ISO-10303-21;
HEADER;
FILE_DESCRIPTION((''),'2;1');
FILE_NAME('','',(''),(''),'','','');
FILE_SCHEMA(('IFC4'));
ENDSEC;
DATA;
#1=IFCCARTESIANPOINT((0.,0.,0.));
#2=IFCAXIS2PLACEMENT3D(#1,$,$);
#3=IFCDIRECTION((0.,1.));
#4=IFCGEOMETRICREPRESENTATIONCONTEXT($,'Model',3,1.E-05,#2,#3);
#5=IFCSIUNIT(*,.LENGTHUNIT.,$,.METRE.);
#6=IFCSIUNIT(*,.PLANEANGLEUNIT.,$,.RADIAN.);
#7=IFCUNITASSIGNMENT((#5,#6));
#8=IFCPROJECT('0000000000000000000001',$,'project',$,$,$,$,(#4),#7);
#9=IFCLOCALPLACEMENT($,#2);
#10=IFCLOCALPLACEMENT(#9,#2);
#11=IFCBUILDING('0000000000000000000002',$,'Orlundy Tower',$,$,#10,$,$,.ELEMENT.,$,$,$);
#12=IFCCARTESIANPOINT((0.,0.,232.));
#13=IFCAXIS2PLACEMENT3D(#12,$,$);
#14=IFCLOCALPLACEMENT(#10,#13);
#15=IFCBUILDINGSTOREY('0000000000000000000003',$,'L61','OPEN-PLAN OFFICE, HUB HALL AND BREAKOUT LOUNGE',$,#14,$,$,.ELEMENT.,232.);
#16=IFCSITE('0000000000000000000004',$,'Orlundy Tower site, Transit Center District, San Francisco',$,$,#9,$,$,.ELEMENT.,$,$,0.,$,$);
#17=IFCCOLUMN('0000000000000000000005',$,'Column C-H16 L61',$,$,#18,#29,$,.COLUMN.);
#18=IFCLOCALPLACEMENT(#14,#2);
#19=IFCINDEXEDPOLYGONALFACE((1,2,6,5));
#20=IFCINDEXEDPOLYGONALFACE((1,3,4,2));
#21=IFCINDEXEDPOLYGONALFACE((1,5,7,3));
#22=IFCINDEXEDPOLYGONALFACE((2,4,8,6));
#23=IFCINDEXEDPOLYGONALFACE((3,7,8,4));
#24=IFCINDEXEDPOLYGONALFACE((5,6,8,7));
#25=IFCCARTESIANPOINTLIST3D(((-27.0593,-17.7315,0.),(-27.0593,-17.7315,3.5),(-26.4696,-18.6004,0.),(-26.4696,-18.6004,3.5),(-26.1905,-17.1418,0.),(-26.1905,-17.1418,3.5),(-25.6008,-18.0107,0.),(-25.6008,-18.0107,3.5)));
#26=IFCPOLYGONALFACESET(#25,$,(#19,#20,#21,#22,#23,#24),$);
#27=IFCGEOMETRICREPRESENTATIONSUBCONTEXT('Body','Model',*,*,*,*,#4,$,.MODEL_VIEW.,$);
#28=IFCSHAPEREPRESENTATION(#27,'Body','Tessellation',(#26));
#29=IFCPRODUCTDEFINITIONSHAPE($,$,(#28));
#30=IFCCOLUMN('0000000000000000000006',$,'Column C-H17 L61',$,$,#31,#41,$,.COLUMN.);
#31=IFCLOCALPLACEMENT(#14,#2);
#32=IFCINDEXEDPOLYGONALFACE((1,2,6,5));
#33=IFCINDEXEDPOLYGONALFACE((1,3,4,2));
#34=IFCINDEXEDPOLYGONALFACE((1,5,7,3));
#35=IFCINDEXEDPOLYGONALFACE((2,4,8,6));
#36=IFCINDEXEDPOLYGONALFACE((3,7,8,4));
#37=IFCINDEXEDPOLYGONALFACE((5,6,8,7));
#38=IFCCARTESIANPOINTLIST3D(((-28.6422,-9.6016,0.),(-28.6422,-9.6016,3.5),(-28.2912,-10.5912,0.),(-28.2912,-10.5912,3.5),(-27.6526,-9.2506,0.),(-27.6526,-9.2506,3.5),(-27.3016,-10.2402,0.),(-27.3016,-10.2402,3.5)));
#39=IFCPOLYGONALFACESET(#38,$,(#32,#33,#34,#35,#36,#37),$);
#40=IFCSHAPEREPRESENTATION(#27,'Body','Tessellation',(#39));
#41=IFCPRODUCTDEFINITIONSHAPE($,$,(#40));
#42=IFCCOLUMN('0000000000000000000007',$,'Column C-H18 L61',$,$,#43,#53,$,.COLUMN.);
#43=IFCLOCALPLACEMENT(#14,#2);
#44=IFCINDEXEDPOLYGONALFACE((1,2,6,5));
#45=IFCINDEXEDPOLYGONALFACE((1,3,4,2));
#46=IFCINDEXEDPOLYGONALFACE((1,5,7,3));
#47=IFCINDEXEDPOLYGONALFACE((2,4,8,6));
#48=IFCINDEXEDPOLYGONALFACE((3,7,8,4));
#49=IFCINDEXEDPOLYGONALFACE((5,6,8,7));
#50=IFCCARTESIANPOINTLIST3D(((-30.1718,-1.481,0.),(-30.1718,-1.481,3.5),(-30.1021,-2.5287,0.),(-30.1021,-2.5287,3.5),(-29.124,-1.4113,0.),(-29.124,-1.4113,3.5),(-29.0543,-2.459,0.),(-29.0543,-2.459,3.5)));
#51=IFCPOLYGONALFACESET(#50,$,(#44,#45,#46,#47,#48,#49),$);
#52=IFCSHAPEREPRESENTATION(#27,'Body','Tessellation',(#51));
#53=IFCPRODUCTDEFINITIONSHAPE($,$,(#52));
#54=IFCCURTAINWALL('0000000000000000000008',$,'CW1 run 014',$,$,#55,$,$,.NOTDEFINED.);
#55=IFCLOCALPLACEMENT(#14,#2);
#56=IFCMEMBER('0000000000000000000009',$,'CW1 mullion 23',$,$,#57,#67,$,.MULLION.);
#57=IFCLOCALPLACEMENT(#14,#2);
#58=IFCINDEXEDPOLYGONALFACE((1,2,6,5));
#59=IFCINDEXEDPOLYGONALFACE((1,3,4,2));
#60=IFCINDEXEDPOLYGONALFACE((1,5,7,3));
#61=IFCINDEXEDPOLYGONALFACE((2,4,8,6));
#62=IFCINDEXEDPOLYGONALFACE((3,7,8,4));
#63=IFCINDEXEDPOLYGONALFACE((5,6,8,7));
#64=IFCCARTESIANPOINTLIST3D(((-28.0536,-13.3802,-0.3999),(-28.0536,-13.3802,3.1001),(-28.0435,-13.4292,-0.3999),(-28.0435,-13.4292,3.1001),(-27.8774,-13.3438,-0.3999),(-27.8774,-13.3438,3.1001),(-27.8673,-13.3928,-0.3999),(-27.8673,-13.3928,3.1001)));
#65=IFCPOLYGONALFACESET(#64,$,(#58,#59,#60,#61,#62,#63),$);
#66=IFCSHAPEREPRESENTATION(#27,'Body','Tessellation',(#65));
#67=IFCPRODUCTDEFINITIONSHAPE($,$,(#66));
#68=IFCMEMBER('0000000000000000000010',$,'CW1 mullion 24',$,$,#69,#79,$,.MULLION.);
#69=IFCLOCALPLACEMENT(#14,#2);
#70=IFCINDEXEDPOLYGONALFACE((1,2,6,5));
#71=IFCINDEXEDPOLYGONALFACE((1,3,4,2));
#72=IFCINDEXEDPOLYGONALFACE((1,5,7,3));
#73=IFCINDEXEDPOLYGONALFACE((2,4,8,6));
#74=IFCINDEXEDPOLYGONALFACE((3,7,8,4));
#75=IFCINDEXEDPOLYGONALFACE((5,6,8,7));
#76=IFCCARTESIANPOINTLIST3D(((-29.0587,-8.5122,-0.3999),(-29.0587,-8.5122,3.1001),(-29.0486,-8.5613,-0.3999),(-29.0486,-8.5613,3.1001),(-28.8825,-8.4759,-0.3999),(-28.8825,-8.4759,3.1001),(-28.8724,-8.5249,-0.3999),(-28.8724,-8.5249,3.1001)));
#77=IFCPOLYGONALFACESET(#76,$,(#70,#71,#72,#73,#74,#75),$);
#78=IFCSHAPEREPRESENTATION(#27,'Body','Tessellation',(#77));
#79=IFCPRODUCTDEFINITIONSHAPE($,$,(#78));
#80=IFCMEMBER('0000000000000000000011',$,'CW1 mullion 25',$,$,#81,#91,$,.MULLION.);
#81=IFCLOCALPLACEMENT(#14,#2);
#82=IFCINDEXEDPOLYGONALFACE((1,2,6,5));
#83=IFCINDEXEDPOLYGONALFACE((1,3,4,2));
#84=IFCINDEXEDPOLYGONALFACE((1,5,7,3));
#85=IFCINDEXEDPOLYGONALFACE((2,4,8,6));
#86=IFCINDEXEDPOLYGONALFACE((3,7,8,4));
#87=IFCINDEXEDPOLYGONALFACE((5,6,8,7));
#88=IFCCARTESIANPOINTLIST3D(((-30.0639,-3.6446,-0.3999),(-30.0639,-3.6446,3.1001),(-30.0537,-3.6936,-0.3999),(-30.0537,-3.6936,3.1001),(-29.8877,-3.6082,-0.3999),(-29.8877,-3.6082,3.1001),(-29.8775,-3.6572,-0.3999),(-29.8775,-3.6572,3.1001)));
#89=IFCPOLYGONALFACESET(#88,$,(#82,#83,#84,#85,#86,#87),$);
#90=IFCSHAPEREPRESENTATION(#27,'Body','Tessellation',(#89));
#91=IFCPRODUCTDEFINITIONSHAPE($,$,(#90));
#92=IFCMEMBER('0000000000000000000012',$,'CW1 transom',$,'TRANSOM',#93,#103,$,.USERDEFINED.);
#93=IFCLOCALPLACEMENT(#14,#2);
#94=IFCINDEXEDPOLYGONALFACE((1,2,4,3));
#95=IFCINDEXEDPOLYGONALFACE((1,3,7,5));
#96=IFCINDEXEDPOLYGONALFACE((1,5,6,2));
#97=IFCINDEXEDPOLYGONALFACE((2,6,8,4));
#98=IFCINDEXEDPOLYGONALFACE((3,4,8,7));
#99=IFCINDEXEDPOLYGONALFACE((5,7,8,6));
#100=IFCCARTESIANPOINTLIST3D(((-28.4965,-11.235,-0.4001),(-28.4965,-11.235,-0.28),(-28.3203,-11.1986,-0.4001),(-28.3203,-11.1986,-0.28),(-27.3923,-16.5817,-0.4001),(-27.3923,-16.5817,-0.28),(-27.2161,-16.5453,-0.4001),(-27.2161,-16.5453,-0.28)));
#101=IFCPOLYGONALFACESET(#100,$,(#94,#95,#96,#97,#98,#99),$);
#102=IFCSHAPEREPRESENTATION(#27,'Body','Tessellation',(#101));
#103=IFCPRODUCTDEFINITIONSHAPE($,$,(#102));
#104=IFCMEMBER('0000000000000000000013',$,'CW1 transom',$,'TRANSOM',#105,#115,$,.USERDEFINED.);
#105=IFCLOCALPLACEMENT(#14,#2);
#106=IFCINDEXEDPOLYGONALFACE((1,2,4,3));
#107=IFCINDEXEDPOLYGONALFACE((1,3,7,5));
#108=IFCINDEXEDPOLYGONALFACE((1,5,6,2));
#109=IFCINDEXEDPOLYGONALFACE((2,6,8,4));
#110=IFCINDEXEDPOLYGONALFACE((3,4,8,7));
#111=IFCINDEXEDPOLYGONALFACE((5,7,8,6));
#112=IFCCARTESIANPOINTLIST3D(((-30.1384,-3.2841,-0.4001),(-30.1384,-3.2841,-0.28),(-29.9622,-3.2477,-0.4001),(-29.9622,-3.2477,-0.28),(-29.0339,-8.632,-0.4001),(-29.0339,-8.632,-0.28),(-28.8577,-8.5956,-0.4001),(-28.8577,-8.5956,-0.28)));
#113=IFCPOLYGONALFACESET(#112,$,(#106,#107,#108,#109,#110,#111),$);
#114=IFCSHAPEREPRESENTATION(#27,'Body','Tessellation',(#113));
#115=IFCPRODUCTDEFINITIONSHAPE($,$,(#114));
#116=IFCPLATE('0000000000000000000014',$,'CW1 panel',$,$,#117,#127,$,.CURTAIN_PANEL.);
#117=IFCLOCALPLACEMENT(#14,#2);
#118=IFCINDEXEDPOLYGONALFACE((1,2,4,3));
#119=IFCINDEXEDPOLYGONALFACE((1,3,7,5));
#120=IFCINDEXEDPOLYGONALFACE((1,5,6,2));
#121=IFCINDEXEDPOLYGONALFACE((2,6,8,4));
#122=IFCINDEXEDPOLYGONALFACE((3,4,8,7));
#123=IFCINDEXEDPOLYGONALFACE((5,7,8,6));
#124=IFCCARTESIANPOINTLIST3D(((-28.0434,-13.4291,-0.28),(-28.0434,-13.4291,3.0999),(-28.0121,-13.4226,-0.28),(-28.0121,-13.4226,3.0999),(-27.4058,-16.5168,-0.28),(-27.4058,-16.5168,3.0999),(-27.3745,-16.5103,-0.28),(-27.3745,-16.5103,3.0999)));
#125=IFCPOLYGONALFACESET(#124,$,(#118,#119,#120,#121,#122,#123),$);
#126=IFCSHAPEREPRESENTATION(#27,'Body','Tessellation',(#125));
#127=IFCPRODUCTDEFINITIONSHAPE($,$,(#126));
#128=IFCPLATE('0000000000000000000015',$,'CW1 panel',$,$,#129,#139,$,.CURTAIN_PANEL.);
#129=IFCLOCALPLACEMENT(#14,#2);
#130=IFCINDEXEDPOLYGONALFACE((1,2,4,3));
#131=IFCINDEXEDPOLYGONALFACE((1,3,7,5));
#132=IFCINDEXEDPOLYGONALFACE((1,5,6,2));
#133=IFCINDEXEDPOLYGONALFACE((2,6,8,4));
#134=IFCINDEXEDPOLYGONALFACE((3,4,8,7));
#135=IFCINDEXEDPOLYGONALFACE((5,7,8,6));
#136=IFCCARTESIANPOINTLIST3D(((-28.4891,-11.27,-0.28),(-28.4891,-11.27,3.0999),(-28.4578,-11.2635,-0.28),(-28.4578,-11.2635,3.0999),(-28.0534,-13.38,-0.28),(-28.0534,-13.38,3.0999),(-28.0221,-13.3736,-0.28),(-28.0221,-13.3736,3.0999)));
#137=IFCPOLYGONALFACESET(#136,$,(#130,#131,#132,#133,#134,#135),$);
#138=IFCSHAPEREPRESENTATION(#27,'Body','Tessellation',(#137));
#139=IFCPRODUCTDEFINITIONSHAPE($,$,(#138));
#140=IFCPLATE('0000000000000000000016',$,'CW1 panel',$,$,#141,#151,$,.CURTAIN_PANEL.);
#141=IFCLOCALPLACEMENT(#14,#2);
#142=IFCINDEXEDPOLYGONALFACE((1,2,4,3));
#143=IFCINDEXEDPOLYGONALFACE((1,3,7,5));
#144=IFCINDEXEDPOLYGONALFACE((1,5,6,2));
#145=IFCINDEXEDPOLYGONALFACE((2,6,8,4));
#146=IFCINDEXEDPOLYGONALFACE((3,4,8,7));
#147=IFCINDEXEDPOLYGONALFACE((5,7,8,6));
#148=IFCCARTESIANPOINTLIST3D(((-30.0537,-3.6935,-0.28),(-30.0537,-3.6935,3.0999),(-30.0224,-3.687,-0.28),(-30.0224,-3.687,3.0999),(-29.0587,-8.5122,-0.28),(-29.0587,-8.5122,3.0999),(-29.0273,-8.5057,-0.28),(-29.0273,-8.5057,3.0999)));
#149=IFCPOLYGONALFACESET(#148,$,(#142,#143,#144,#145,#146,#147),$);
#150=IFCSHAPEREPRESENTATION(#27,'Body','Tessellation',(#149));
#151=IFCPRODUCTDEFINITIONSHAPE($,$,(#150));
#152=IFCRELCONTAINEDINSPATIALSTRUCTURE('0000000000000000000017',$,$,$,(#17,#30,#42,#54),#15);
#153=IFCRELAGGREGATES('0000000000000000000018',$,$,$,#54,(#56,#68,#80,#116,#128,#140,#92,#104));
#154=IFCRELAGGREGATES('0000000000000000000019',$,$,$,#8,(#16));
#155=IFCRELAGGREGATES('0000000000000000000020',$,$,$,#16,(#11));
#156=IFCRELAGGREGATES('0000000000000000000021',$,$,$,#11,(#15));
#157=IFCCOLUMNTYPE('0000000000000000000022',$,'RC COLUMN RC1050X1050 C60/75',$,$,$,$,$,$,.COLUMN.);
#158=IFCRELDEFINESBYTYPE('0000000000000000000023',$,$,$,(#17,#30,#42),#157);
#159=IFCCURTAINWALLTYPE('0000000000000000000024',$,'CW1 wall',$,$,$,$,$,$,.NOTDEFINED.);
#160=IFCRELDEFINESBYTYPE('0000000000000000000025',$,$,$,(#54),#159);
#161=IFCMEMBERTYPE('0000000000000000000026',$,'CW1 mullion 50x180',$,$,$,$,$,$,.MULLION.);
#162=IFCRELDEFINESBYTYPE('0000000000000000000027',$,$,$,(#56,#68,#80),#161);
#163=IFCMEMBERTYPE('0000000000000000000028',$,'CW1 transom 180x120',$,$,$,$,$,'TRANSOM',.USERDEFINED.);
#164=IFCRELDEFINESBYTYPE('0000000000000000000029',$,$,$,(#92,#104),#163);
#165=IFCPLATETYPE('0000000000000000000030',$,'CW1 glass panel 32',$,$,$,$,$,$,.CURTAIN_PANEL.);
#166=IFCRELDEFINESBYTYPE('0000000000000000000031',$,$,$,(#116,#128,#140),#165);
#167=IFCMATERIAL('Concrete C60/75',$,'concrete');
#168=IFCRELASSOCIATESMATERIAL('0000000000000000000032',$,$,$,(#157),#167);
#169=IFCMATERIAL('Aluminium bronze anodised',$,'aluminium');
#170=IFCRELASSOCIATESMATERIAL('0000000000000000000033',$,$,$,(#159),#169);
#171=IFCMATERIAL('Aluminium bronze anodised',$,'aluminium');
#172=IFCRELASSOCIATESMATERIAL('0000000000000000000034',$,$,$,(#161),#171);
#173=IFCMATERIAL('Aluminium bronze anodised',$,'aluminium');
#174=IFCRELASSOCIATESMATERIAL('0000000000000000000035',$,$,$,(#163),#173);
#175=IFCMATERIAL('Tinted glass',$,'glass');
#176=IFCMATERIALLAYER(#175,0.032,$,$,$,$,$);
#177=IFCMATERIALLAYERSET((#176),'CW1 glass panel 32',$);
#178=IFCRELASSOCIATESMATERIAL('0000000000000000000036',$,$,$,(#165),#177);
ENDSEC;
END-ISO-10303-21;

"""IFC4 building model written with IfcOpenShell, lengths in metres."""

from ifc_helpers import new_model, si_unit, direction, frame, origin, origin_2d, place, context, subcontext, project, spatial, rectangle, extrude, material, layer, layer_set, material_profile, profile_set, type_object, element, aggregate, save


model = new_model("IFC4")

# Units and contexts
model_context = context("Model", 3, precision=1e-05, world=origin(), true_north=direction((0.0, 1.0)))
body_context = subcontext(model_context, "Body", "Model", "MODEL_VIEW")
ifc_project = project(units=[si_unit("LENGTHUNIT", "METRE"), si_unit("PLANEANGLEUNIT", "RADIAN")], contexts=[model_context])

# Site, building, storey
site_placement = place(None, origin())
site = spatial("IfcSite", under=ifc_project, at=site_placement, Name="Orlundy Tower site, Transit Center District, San Francisco", CompositionType="ELEMENT", RefElevation=0.0)
building_placement = place(site_placement, origin())
building = spatial("IfcBuilding", under=site, at=building_placement, Name="Orlundy Tower", CompositionType="ELEMENT")
storey_placement = place(building_placement, frame((0.0, 0.0, 232.0)))
storey = spatial("IfcBuildingStorey", under=building, at=storey_placement, Name="L61", Description="OPEN-PLAN OFFICE, HUB HALL AND BREAKOUT LOUNGE", CompositionType="ELEMENT", Elevation=232.0)

# Columns
ifc_material_1 = material(Name="Concrete C60/75", Category="concrete")
ifc_material_profile_1 = material_profile(ifc_material_1, rectangle(XDim=1.05, YDim=1.05, at=origin_2d()), Name="RC1050X1050")
ifc_profile_set_1 = profile_set([ifc_material_profile_1], Name="Concrete C60/75")
column_type = type_object("IfcColumnType", Name="RC COLUMN RC1050X1050 C60/75", PredefinedType="COLUMN", material=ifc_profile_set_1)
for number, where, z_axis, x_axis, name in (
    (1, (-26.3301, -17.8711, 0.0), (0.0, 0.0, 1.0), (-0.827414, -0.561592, 0.0), "Column C-H16 L61"),
    (2, (-27.9719, -9.9209, 0.0), (0.0, 0.0, 1.0), (-0.942478, -0.334267, 0.0), "Column C-H17 L61"),
    (3, (-29.613, -1.97, 0.0), (0.0, 0.0, 1.0), (-0.997795, -0.066378, 0.0), "Column C-H18 L61"),
):
    element("IfcColumn", number, at=place(storey_placement, frame(where, z_axis=z_axis, x_axis=x_axis)), inside=storey, type_object=column_type, Name=name, PredefinedType="COLUMN", context=body_context, shape_type="SweptSolid", body=[
        extrude(rectangle(XDim=1.05, YDim=1.05, at=origin_2d()), origin(), (0.0, 0.0, 1.0), 3.5),
    ])

# Curtain wall, members, plates
ifc_material_2 = material(Name="Aluminium bronze anodised", Category="aluminium")
curtain_wall_type = type_object("IfcCurtainWallType", Name="CW1 wall", PredefinedType="NOTDEFINED", material=ifc_material_2)
curtain_wall_placement = place(storey_placement, origin())
curtain_wall = element("IfcCurtainWall", 4, at=curtain_wall_placement, inside=storey, type_object=curtain_wall_type, Name="CW1 run 014", PredefinedType="NOTDEFINED")
ifc_material_3 = material(Name="Aluminium bronze anodised", Category="aluminium")
ifc_material_profile_2 = material_profile(ifc_material_3, rectangle(XDim=0.1799, YDim=0.05, at=origin_2d()), Name="CW1 mullion 50x180")
ifc_profile_set_2 = profile_set([ifc_material_profile_2], Name="Aluminium bronze anodised")
member_type_1 = type_object("IfcMemberType", Name="CW1 mullion 50x180", PredefinedType="MULLION", material=ifc_profile_set_2)
member_1_placement = place(storey_placement, frame((-27.9604, -13.3865, -0.3999), z_axis=(0.0, 0.0, 1.0), x_axis=(-0.979337, -0.202233, 0.0)))
member_1 = element("IfcMember", 5, at=member_1_placement, type_object=member_type_1, Name="CW1 mullion 23", PredefinedType="MULLION", context=body_context, shape_type="SweptSolid", body=[
    extrude(rectangle(XDim=0.1799, YDim=0.05, at=origin_2d()), origin(), (0.0, 0.0, 1.0), 3.5),
])
member_2_placement = place(storey_placement, frame((-28.9656, -8.5186, -0.3999), z_axis=(0.0, 0.0, 1.0), x_axis=(-0.979337, -0.202233, 0.0)))
member_2 = element("IfcMember", 6, at=member_2_placement, type_object=member_type_1, Name="CW1 mullion 24", PredefinedType="MULLION", context=body_context, shape_type="SweptSolid", body=[
    extrude(rectangle(XDim=0.1799, YDim=0.05, at=origin_2d()), origin(), (0.0, 0.0, 1.0), 3.5),
])
member_3_placement = place(storey_placement, frame((-29.9707, -3.6509, -0.3999), z_axis=(0.0, 0.0, 1.0), x_axis=(-0.979337, -0.202233, 0.0)))
member_3 = element("IfcMember", 7, at=member_3_placement, type_object=member_type_1, Name="CW1 mullion 25", PredefinedType="MULLION", context=body_context, shape_type="SweptSolid", body=[
    extrude(rectangle(XDim=0.1799, YDim=0.05, at=origin_2d()), origin(), (0.0, 0.0, 1.0), 3.5),
])
ifc_material_4 = material(Name="Aluminium bronze anodised", Category="aluminium")
ifc_material_profile_3 = material_profile(ifc_material_4, rectangle(XDim=0.1799, YDim=0.1201, at=origin_2d()), Name="CW1 transom 180x120")
ifc_profile_set_3 = profile_set([ifc_material_profile_3], Name="Aluminium bronze anodised")
member_type_2 = type_object("IfcMemberType", Name="CW1 transom 180x120", ElementType="TRANSOM", PredefinedType="USERDEFINED", material=ifc_profile_set_3)
member_4_placement = place(storey_placement, frame((-27.3042, -16.5635, -0.3401), z_axis=(-0.202261, 0.979332, 0.0), x_axis=(-0.979332, -0.202261, 0.0)))
member_4 = element("IfcMember", 8, at=member_4_placement, type_object=member_type_2, Name="CW1 transom", ObjectType="TRANSOM", PredefinedType="USERDEFINED", context=body_context, shape_type="SweptSolid", body=[
    extrude(rectangle(XDim=0.1799, YDim=0.1201, at=origin_2d()), origin(), (0.0, 0.0, 1.0), 5.4595),
])
member_5_placement = place(storey_placement, frame((-28.9458, -8.6138, -0.3401), z_axis=(-0.20226, 0.979332, 0.0), x_axis=(-0.979332, -0.20226, 0.0)))
member_5 = element("IfcMember", 9, at=member_5_placement, type_object=member_type_2, Name="CW1 transom", ObjectType="TRANSOM", PredefinedType="USERDEFINED", context=body_context, shape_type="SweptSolid", body=[
    extrude(rectangle(XDim=0.1799, YDim=0.1201, at=origin_2d()), origin(), (0.0, 0.0, 1.0), 5.4607),
])
ifc_material_5 = material(Name="Tinted glass", Category="glass")
ifc_layer_1 = layer(ifc_material_5, 0.032)
ifc_layer_set_1 = layer_set([ifc_layer_1], Name="CW1 glass panel 32")
plate_type = type_object("IfcPlateType", Name="CW1 glass panel 32", PredefinedType="CURTAIN_PANEL", material=ifc_layer_set_1)
plate_1_placement = place(storey_placement, frame((-27.709, -14.9697, -0.28), z_axis=(0.0, 0.0, 1.0), x_axis=(-0.202233, 0.979337, 0.0)))
plate_1 = element("IfcPlate", 10, at=plate_1_placement, type_object=plate_type, Name="CW1 panel", PredefinedType="CURTAIN_PANEL", context=body_context, shape_type="SweptSolid", body=[
    extrude(rectangle(XDim=3.1528, YDim=0.032, at=origin_2d()), origin(), (0.0, 0.0, 1.0), 3.3799),
])
plate_2_placement = place(storey_placement, frame((-28.2556, -12.3218, -0.28), z_axis=(0.0, 0.0, 1.0), x_axis=(-0.202233, 0.979337, 0.0)))
plate_2 = element("IfcPlate", 11, at=plate_2_placement, type_object=plate_type, Name="CW1 panel", PredefinedType="CURTAIN_PANEL", context=body_context, shape_type="SweptSolid", body=[
    extrude(rectangle(XDim=2.1545, YDim=0.032, at=origin_2d()), origin(), (0.0, 0.0, 1.0), 3.3799),
])
plate_3_placement = place(storey_placement, frame((-29.5405, -6.0996, -0.28), z_axis=(0.0, 0.0, 1.0), x_axis=(-0.202233, 0.979337, 0.0)))
plate_3 = element("IfcPlate", 12, at=plate_3_placement, type_object=plate_type, Name="CW1 panel", PredefinedType="CURTAIN_PANEL", context=body_context, shape_type="SweptSolid", body=[
    extrude(rectangle(XDim=4.9204, YDim=0.032, at=origin_2d()), origin(), (0.0, 0.0, 1.0), 3.3799),
])
aggregate(curtain_wall, [member_1, member_2, member_3, plate_1, plate_2, plate_3, member_4, member_5])

save(model, "model.ifc")
